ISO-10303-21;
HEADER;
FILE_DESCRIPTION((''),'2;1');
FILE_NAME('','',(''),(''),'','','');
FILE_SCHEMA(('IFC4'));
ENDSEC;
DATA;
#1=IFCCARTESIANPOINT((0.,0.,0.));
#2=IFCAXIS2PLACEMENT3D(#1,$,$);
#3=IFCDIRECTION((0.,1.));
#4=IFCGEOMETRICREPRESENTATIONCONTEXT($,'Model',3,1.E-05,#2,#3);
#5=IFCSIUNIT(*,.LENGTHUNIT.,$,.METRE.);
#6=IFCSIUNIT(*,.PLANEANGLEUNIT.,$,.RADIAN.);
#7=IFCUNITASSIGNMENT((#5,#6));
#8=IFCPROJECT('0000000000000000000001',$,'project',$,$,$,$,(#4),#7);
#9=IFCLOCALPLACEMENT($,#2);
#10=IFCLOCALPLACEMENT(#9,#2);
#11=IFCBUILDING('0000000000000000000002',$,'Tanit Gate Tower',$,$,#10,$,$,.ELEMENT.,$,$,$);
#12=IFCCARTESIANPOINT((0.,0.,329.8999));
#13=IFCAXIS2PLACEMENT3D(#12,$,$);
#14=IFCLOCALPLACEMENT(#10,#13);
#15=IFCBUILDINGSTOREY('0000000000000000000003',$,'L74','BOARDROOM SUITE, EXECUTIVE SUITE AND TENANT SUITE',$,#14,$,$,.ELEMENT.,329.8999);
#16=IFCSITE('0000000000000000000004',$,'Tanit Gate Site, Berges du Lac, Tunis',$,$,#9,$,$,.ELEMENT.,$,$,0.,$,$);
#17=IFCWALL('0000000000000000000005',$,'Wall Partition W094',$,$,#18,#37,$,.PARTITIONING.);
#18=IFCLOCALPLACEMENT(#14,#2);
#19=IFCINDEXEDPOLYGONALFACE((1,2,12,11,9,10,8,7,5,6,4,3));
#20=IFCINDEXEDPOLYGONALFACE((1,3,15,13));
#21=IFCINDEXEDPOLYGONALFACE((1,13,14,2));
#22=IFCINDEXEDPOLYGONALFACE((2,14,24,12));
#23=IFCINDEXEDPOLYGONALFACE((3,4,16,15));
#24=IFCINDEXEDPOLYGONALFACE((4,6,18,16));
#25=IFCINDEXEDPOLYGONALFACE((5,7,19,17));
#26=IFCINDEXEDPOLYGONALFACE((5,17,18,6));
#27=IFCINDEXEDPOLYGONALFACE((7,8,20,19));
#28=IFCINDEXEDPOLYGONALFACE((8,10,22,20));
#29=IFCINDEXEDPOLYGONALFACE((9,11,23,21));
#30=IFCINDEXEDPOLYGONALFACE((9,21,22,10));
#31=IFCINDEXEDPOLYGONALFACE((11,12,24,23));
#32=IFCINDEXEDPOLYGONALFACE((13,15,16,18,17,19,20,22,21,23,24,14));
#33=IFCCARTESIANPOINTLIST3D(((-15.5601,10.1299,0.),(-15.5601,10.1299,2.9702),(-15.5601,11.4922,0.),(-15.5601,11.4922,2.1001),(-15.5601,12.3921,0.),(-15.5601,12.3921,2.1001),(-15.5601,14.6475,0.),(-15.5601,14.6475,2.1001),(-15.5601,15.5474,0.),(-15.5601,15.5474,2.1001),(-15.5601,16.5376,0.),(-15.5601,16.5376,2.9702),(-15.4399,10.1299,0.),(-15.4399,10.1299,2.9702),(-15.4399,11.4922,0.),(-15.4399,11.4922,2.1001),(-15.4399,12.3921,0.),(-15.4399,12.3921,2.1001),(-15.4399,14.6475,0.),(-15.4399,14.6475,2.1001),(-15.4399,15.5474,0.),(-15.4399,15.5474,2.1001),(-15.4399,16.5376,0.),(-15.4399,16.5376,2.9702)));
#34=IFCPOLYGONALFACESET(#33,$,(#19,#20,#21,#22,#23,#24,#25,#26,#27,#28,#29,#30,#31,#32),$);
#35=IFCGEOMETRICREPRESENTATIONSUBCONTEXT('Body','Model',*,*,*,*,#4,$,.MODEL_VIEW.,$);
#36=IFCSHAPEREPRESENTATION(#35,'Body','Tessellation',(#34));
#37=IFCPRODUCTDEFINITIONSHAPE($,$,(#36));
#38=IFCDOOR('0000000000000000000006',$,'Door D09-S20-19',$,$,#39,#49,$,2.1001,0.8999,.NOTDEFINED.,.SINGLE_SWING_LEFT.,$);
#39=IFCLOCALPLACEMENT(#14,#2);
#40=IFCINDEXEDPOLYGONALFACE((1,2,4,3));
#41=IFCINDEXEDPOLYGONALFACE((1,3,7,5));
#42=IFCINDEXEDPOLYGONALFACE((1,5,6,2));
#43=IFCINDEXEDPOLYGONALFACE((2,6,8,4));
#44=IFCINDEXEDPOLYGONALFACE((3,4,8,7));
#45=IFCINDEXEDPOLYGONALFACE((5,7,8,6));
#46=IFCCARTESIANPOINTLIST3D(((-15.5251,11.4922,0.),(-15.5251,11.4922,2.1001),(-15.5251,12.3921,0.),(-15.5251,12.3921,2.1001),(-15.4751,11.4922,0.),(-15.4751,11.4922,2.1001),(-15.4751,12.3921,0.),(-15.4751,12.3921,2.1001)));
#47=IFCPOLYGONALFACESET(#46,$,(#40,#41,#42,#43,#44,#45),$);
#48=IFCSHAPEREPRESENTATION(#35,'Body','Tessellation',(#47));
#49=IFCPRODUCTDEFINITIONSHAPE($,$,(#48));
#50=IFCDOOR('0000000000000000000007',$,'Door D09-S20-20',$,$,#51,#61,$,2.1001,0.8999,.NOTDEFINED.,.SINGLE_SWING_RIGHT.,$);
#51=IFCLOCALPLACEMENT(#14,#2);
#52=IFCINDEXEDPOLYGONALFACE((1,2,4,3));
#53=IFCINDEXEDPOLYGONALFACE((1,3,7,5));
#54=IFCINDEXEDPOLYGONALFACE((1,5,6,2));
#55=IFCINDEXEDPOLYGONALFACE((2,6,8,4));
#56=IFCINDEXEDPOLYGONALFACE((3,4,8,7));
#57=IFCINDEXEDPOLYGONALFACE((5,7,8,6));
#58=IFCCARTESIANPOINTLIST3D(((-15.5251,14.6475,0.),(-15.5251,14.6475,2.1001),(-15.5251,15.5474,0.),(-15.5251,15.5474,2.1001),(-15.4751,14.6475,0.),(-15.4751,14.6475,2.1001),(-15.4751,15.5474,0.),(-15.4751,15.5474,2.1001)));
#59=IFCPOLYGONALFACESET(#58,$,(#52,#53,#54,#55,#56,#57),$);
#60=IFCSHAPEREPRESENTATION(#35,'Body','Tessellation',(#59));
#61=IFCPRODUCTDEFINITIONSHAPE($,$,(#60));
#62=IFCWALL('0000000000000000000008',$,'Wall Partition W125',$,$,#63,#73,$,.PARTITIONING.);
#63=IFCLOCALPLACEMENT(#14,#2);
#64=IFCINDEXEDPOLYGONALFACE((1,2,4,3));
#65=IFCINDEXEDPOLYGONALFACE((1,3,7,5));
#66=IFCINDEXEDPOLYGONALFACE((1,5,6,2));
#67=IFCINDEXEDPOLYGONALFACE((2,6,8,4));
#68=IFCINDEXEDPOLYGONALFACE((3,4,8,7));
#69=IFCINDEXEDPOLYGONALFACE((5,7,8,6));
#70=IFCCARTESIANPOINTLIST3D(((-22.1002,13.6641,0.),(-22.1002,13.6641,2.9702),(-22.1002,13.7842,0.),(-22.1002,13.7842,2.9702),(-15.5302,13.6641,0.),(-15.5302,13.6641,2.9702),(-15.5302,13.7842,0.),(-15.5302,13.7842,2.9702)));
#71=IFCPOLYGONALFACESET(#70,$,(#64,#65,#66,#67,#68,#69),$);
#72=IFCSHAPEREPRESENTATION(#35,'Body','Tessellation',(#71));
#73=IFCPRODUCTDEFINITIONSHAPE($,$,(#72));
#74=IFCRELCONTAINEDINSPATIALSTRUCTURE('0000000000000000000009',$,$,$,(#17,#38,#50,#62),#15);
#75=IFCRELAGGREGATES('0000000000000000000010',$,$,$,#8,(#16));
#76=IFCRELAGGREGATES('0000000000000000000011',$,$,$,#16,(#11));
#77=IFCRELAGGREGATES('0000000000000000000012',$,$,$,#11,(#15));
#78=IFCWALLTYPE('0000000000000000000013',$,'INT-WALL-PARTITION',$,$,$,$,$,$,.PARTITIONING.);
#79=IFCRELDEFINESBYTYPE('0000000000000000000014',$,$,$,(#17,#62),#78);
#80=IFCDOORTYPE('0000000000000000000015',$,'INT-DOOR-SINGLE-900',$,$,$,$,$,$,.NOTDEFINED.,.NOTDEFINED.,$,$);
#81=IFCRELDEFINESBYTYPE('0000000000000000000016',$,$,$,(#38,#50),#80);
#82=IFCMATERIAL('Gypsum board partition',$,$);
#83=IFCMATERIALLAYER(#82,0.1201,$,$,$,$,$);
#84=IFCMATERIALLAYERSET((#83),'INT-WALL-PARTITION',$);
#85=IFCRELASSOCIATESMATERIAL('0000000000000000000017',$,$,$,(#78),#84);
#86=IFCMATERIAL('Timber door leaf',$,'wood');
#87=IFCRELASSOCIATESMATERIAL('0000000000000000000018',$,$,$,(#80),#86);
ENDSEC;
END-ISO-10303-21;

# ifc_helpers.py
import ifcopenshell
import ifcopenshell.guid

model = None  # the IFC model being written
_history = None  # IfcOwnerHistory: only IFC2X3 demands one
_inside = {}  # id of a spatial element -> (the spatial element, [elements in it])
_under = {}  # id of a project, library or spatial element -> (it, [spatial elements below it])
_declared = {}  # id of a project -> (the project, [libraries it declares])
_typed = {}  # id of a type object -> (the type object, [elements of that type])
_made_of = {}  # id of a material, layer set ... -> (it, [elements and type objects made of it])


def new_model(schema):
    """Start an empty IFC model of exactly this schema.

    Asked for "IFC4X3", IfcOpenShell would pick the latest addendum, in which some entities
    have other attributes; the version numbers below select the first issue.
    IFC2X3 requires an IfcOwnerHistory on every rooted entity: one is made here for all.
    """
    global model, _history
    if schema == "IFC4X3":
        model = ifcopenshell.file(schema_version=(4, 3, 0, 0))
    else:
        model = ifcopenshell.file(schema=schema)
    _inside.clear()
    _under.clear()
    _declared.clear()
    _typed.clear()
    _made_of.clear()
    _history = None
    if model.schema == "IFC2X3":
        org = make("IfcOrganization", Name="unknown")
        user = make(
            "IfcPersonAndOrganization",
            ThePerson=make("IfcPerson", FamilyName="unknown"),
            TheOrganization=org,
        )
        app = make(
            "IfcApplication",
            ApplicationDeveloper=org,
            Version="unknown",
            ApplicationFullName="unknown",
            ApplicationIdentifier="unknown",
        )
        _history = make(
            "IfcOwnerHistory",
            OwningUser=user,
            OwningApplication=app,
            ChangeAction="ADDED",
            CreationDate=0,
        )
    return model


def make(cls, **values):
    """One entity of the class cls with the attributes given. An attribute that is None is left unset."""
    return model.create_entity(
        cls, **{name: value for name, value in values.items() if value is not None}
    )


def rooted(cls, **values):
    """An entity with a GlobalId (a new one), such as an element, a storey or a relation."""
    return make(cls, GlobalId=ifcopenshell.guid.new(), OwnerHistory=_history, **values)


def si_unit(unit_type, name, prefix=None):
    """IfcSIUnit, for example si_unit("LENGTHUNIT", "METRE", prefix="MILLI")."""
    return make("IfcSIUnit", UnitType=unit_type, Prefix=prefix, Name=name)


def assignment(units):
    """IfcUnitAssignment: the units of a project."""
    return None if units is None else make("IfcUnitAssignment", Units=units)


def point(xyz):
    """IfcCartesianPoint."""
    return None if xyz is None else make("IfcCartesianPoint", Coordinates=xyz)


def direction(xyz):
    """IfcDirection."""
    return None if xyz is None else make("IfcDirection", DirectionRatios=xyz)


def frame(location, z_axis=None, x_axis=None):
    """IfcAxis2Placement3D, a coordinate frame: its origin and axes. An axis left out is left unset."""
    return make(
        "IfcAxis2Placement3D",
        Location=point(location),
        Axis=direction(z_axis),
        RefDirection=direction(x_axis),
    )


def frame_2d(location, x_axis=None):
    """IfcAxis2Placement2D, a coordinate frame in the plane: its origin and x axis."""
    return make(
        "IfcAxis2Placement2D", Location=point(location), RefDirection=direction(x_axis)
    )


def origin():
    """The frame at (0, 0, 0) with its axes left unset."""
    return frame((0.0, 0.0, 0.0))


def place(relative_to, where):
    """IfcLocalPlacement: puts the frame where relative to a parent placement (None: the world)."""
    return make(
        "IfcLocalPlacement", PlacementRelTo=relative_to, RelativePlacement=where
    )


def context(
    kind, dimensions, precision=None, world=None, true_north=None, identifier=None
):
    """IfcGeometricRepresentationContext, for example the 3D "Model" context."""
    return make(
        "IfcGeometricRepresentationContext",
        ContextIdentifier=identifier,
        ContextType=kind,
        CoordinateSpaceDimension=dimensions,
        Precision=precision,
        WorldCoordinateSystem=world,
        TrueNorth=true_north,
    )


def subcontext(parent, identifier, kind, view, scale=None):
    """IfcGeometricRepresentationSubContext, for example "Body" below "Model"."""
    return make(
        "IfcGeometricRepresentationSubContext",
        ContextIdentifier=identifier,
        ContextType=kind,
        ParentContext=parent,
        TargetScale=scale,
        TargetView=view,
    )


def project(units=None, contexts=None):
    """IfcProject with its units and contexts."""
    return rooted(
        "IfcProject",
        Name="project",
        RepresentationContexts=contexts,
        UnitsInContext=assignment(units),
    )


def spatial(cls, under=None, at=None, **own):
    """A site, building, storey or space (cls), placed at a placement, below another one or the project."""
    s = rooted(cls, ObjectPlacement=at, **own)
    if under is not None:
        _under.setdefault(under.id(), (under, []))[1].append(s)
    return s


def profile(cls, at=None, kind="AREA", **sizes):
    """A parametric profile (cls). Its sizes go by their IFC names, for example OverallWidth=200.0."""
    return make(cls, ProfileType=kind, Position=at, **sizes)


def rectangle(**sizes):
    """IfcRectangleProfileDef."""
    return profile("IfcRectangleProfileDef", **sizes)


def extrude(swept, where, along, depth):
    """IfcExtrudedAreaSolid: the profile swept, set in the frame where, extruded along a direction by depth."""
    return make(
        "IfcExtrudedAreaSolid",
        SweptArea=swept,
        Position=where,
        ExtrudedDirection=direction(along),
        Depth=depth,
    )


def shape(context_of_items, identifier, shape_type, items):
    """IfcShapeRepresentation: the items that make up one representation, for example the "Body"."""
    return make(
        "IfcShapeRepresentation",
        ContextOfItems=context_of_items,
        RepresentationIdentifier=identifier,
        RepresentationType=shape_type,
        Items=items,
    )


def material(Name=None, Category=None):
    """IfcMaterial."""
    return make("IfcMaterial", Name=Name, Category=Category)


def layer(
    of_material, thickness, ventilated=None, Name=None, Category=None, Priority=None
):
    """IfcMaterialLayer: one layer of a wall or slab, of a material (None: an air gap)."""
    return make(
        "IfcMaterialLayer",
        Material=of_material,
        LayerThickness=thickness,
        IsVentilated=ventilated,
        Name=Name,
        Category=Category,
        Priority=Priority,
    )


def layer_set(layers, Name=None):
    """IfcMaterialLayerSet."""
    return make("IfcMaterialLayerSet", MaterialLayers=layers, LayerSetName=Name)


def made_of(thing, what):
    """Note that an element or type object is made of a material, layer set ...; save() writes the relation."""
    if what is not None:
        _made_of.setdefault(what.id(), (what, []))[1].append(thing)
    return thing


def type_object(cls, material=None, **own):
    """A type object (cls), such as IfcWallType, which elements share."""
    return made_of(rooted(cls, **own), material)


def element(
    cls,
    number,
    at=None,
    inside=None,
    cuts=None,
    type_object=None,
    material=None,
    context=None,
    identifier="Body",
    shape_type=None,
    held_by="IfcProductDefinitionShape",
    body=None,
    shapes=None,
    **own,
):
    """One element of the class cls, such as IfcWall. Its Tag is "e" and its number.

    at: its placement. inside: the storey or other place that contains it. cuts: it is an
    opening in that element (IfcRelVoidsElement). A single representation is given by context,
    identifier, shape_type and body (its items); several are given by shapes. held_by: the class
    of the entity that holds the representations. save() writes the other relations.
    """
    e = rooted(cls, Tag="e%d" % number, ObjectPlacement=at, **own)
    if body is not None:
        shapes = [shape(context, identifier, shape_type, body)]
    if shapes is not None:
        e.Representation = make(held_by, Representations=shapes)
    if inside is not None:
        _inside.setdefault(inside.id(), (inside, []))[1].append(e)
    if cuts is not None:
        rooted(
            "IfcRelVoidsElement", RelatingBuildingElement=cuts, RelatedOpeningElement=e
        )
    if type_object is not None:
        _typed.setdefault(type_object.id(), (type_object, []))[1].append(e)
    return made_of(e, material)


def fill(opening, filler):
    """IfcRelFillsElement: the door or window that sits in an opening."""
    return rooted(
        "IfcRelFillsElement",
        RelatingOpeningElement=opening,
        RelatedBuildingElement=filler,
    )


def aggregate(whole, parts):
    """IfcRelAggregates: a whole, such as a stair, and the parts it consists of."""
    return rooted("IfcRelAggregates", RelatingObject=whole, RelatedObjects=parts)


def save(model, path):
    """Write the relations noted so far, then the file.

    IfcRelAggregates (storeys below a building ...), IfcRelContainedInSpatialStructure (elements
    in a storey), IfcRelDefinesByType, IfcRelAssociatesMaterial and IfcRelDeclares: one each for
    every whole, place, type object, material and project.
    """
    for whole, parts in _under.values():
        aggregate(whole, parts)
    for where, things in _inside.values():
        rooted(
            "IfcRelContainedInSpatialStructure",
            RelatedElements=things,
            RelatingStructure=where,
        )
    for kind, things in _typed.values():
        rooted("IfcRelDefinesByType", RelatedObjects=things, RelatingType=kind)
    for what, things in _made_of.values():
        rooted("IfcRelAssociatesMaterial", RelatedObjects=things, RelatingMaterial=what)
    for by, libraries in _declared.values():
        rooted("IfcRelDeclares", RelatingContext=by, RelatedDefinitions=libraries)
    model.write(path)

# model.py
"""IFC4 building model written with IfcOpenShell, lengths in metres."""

from ifc_helpers import new_model, si_unit, direction, frame, frame_2d, origin, place, context, subcontext, project, spatial, rectangle, extrude, material, layer, layer_set, type_object, element, fill, save


model = new_model("IFC4")

# Units and contexts
model_context = context("Model", 3, precision=1e-05, world=origin(), true_north=direction((0.0, 1.0)))
body_context = subcontext(model_context, "Body", "Model", "MODEL_VIEW")
ifc_project = project(units=[si_unit("LENGTHUNIT", "METRE"), si_unit("PLANEANGLEUNIT", "RADIAN")], contexts=[model_context])

# Site, building, storey
site_placement = place(None, origin())
site = spatial("IfcSite", under=ifc_project, at=site_placement, Name="Tanit Gate Site, Berges du Lac, Tunis", CompositionType="ELEMENT", RefElevation=0.0)
building_placement = place(site_placement, origin())
building = spatial("IfcBuilding", under=site, at=building_placement, Name="Tanit Gate Tower", CompositionType="ELEMENT")
storey_placement = place(building_placement, frame((0.0, 0.0, 329.8999)))
storey = spatial("IfcBuildingStorey", under=building, at=storey_placement, Name="L74", Description="BOARDROOM SUITE, EXECUTIVE SUITE AND TENANT SUITE", CompositionType="ELEMENT", Elevation=329.8999)

# Wall, openings, doors
ifc_material_1 = material(Name="Gypsum board partition")
ifc_layer_1 = layer(ifc_material_1, 0.1201)
ifc_layer_set_1 = layer_set([ifc_layer_1], Name="INT-WALL-PARTITION")
wall_type_1 = type_object("IfcWallType", Name="INT-WALL-PARTITION", PredefinedType="PARTITIONING", material=ifc_layer_set_1)
wall_1_placement = place(storey_placement, frame((-15.5, 16.5376, 0.0), z_axis=(0.0, 0.0, 1.0), x_axis=(0.0, -1.0, 0.0)))
wall_1 = element("IfcWall", 1, at=wall_1_placement, inside=storey, type_object=wall_type_1, Name="Wall Partition W094", PredefinedType="PARTITIONING", context=body_context, shape_type="SweptSolid", body=[
    extrude(rectangle(XDim=6.4077, YDim=0.1201, at=frame_2d((3.2039, 0.0))), origin(), (0.0, 0.0, 1.0), 2.9702),
])
opening_1_placement = place(wall_1_placement, frame((4.1455, 0.0, 0.0)))
opening_1 = element("IfcOpeningElement", 2, at=opening_1_placement, cuts=wall_1, PredefinedType="OPENING", context=body_context, shape_type="SweptSolid", body=[
    extrude(rectangle(XDim=0.8999, YDim=2.1001, at=frame_2d((0.45, 1.05))), frame((0.0, 0.0701, 0.0), z_axis=(0.0, -1.0, 0.0), x_axis=(1.0, 0.0, 0.0)), (0.0, 0.0, 1.0), 0.1401),
])
opening_2_placement = place(wall_1_placement, frame((0.9902, 0.0, 0.0)))
opening_2 = element("IfcOpeningElement", 3, at=opening_2_placement, cuts=wall_1, PredefinedType="OPENING", context=body_context, shape_type="SweptSolid", body=[
    extrude(rectangle(XDim=0.8999, YDim=2.1001, at=frame_2d((0.45, 1.05))), frame((0.0, 0.0701, 0.0), z_axis=(0.0, -1.0, 0.0), x_axis=(1.0, 0.0, 0.0)), (0.0, 0.0, 1.0), 0.1401),
])
ifc_material_2 = material(Name="Timber door leaf", Category="wood")
door_type_1 = type_object("IfcDoorType", Name="INT-DOOR-SINGLE-900", OperationType="NOTDEFINED", PredefinedType="NOTDEFINED", material=ifc_material_2)
door_1_placement = place(opening_1_placement, origin())
door_1 = element("IfcDoor", 4, at=door_1_placement, inside=storey, type_object=door_type_1, Name="Door D09-S20-19", OperationType="SINGLE_SWING_LEFT", OverallHeight=2.1001, OverallWidth=0.8999, PredefinedType="NOTDEFINED", context=body_context, shape_type="SweptSolid", body=[
    extrude(rectangle(XDim=0.8999, YDim=2.1001, at=frame_2d((0.45, 1.05))), frame((0.0, 0.0249, 0.0), z_axis=(0.0, -1.0, 0.0), x_axis=(1.0, 0.0, 0.0)), (0.0, 0.0, 1.0), 0.05),
])
fill(opening_1, door_1)
door_2_placement = place(opening_2_placement, origin())
door_2 = element("IfcDoor", 5, at=door_2_placement, inside=storey, type_object=door_type_1, Name="Door D09-S20-20", OperationType="SINGLE_SWING_RIGHT", OverallHeight=2.1001, OverallWidth=0.8999, PredefinedType="NOTDEFINED", context=body_context, shape_type="SweptSolid", body=[
    extrude(rectangle(XDim=0.8999, YDim=2.1001, at=frame_2d((0.45, 1.05))), frame((0.0, 0.0249, 0.0), z_axis=(0.0, -1.0, 0.0), x_axis=(1.0, 0.0, 0.0)), (0.0, 0.0, 1.0), 0.05),
])
fill(opening_2, door_2)

# Wall
wall_2_placement = place(storey_placement, frame((-15.53, 13.7241, 0.0), z_axis=(0.0, 0.0, 1.0), x_axis=(-1.0, 0.0, 0.0)))
element("IfcWall", 6, at=wall_2_placement, inside=storey, type_object=wall_type_1, Name="Wall Partition W125", PredefinedType="PARTITIONING", context=body_context, shape_type="SweptSolid", body=[
    extrude(rectangle(XDim=6.5701, YDim=0.1201, at=frame_2d((3.2852, 0.0))), origin(), (0.0, 0.0, 1.0), 2.9702),
])

save(model, "model.ifc")
